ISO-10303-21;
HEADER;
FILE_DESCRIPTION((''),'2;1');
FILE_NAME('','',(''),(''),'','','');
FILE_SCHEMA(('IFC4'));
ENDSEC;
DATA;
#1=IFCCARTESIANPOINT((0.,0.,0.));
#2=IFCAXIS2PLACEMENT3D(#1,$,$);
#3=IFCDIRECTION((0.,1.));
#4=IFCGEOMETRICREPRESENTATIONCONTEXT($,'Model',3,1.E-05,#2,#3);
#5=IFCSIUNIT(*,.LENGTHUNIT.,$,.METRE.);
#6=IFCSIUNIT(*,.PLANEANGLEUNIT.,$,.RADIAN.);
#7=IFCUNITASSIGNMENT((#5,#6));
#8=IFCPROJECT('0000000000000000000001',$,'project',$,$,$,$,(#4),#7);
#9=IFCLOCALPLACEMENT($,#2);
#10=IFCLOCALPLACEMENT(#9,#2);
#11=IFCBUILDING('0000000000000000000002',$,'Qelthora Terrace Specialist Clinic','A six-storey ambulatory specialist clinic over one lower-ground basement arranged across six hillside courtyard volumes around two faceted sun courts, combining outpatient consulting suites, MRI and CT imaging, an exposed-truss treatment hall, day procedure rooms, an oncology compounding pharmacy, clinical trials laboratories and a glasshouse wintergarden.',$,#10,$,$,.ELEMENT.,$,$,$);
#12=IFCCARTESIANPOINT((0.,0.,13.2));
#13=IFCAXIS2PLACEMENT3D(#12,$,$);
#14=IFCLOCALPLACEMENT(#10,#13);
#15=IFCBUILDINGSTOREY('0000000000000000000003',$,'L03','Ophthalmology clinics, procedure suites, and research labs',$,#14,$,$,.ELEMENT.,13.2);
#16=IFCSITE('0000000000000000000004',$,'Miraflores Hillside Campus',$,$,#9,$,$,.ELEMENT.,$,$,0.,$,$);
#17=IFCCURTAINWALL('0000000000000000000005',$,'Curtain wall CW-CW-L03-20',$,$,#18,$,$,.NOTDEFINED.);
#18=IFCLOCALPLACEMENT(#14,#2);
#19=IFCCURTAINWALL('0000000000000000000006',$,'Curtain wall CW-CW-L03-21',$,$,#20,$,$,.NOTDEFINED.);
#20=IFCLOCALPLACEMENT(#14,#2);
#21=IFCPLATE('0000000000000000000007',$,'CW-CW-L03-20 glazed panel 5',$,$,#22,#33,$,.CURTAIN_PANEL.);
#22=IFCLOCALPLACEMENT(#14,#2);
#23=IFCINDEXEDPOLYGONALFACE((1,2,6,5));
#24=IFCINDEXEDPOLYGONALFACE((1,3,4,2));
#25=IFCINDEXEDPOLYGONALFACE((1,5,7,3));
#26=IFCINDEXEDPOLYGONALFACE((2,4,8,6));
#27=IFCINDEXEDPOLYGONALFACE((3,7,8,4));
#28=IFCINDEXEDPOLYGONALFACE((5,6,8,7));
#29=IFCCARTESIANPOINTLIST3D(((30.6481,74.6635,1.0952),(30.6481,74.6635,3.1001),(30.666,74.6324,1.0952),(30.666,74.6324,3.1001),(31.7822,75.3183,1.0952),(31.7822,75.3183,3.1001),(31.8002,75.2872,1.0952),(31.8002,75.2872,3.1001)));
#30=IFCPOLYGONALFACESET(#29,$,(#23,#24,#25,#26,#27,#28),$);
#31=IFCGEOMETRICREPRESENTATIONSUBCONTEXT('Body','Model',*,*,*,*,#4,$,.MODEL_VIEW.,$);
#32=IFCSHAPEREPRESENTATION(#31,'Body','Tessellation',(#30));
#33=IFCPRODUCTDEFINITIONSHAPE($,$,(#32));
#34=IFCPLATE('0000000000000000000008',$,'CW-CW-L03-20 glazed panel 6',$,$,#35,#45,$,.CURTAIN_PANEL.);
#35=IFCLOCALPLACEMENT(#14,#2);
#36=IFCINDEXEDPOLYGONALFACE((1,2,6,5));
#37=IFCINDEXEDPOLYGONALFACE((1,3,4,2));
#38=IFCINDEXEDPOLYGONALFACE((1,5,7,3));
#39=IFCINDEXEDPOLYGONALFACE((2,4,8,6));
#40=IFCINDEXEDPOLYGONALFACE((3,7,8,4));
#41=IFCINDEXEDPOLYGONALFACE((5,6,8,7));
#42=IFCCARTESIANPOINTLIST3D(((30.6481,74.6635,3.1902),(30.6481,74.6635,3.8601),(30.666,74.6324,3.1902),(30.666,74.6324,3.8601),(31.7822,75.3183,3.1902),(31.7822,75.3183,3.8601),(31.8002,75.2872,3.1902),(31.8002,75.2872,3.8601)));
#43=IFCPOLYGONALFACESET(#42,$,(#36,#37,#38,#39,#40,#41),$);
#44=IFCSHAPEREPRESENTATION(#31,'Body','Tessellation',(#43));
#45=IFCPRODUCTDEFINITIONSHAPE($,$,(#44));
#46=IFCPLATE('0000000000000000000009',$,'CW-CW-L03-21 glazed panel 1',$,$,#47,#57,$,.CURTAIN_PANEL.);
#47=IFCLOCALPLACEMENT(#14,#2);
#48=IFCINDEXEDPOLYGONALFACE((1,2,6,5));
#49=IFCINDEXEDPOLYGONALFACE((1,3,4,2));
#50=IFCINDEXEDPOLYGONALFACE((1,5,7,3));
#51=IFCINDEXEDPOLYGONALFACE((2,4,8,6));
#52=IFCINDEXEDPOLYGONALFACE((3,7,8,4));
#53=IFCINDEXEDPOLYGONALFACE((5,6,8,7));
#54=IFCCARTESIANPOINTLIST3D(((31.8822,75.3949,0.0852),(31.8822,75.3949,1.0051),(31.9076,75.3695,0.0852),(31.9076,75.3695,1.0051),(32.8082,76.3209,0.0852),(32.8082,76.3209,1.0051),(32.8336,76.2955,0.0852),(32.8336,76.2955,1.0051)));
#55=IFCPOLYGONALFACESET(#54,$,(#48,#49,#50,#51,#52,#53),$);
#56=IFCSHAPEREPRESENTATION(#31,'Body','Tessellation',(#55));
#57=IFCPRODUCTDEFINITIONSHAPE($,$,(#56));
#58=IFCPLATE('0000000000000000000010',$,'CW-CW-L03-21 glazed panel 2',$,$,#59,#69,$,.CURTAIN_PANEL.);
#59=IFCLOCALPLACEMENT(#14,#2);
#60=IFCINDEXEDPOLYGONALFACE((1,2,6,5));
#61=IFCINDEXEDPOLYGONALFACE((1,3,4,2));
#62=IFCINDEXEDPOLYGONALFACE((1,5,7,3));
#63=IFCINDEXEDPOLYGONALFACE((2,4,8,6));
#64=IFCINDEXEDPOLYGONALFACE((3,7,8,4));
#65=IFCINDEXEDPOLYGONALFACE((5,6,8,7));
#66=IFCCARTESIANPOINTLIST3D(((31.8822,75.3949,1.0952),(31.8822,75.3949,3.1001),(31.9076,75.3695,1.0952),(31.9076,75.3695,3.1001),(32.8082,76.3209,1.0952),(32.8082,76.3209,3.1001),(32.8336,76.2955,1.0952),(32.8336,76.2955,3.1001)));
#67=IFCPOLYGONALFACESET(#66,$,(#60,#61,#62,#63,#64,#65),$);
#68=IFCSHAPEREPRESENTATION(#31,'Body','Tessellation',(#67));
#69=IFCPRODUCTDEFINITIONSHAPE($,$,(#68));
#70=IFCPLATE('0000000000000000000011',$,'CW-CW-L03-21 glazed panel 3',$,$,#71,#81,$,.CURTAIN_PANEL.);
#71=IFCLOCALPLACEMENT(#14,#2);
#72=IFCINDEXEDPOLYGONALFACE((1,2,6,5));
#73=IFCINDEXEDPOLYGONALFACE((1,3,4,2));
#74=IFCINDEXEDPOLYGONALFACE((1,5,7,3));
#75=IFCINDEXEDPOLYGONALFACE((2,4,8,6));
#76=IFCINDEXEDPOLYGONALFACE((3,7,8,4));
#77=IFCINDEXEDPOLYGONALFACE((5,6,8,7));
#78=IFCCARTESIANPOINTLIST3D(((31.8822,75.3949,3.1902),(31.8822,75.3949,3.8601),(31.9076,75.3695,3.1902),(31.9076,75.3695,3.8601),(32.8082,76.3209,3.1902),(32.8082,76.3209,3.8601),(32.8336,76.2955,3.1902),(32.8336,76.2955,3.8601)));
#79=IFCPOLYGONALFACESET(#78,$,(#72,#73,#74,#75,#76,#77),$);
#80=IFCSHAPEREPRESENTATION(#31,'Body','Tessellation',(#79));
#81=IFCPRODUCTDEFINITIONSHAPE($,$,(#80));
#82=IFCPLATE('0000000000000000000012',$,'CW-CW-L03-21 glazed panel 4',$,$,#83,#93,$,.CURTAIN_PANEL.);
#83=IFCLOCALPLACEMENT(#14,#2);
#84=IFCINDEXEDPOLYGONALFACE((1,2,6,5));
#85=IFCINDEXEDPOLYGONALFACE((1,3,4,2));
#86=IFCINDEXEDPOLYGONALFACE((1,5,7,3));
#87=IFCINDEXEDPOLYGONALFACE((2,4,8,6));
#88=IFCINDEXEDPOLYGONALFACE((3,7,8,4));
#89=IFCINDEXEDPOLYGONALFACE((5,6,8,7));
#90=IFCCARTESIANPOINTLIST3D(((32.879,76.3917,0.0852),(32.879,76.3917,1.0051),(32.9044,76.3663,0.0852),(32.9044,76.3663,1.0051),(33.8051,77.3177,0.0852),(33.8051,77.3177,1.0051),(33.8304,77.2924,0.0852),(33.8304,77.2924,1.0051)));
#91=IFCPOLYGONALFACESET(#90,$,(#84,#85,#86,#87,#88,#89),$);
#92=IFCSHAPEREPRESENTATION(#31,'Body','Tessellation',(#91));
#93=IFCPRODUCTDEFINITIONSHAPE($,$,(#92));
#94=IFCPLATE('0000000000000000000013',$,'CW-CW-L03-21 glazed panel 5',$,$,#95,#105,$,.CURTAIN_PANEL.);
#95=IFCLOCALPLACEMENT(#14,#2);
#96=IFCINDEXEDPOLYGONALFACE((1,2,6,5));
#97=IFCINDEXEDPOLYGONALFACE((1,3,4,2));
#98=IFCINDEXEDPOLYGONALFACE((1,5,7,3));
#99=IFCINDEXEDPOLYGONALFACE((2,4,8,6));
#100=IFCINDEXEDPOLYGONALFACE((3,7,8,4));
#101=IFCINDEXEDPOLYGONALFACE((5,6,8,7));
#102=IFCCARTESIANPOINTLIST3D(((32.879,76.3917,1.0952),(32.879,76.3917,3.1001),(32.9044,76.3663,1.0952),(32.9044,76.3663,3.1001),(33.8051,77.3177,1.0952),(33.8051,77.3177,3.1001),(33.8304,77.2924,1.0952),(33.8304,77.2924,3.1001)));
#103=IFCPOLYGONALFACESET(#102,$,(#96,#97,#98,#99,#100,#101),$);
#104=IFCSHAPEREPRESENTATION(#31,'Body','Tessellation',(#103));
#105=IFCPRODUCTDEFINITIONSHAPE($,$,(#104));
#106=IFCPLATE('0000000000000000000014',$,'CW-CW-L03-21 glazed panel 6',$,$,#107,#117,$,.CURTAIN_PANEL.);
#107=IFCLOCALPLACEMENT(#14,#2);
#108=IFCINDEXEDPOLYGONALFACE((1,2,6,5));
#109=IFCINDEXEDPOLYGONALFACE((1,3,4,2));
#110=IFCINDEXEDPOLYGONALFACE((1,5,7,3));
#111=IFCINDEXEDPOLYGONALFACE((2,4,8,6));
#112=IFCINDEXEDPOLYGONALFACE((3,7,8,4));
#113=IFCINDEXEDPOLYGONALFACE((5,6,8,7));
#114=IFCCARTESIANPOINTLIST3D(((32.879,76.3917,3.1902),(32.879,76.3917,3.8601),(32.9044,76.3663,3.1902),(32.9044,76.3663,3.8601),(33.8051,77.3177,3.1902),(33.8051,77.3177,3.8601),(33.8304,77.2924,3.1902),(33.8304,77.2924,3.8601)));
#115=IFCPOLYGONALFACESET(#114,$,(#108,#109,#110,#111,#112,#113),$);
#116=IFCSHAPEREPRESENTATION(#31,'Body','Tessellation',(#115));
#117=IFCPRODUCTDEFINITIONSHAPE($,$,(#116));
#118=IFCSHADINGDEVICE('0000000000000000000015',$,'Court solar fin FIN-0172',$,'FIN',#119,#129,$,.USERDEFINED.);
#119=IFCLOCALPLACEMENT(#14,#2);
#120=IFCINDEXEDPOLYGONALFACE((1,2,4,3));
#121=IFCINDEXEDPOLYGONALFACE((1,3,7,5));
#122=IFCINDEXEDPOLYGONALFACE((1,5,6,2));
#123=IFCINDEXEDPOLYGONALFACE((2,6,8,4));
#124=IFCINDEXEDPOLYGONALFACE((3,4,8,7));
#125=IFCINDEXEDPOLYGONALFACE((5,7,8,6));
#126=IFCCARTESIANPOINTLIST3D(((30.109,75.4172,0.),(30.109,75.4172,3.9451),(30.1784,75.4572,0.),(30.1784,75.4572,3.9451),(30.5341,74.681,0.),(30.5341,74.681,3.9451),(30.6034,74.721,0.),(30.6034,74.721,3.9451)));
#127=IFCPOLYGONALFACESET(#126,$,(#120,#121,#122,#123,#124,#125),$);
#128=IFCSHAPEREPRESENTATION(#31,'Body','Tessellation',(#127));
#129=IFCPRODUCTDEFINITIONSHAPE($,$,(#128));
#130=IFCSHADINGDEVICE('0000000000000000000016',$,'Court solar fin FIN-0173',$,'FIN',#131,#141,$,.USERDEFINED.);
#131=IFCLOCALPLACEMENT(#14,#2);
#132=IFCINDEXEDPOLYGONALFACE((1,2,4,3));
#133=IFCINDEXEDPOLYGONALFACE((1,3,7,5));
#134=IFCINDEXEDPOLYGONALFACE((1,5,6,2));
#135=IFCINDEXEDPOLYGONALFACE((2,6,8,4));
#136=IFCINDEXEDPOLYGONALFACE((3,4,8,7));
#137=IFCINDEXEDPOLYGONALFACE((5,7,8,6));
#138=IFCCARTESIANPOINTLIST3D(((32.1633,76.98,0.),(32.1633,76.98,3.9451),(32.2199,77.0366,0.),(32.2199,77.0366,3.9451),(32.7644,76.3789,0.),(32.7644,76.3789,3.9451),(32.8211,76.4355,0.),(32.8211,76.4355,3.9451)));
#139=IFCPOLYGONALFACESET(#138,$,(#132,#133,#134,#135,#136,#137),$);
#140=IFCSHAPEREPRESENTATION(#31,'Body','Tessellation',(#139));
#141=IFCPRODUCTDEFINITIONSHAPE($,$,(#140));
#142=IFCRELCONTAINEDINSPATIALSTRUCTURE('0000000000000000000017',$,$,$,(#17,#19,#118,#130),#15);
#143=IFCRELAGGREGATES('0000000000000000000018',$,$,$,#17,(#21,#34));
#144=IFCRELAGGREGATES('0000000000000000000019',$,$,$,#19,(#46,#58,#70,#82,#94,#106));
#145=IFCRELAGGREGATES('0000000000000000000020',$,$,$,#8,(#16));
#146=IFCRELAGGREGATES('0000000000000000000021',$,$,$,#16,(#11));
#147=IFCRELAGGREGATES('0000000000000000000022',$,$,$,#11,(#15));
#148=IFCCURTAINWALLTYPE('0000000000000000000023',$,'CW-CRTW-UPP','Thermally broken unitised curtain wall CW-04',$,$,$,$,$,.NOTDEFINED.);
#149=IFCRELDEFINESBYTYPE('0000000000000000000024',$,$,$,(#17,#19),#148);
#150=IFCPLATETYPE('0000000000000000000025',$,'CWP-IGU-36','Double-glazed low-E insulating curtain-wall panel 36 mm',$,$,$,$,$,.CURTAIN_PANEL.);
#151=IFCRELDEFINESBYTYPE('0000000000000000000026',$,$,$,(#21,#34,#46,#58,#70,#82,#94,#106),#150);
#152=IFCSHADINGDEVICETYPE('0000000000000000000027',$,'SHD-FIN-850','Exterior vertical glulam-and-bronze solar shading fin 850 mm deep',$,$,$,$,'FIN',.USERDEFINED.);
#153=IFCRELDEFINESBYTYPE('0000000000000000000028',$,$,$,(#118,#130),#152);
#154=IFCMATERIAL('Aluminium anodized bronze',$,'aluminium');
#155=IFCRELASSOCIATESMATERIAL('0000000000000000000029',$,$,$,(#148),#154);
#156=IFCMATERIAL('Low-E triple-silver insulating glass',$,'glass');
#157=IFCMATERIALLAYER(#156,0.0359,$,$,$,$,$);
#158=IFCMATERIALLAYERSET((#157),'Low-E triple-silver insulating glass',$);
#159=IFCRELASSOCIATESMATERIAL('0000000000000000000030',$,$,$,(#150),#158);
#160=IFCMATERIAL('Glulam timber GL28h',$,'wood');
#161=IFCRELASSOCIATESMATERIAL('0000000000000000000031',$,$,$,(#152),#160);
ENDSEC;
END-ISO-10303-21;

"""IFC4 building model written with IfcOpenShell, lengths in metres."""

from ifc_helpers import new_model, si_unit, direction, frame, origin, origin_2d, place, context, subcontext, project, spatial, rectangle, extrude, material, layer, layer_set, type_object, element, aggregate, save


model = new_model("IFC4")

# Units and contexts
model_context = context("Model", 3, precision=1e-05, world=origin(), true_north=direction((0.0, 1.0)))
body_context = subcontext(model_context, "Body", "Model", "MODEL_VIEW")
ifc_project = project(units=[si_unit("LENGTHUNIT", "METRE"), si_unit("PLANEANGLEUNIT", "RADIAN")], contexts=[model_context])

# Site, building, storey
site_placement = place(None, origin())
site = spatial("IfcSite", under=ifc_project, at=site_placement, Name="Miraflores Hillside Campus", CompositionType="ELEMENT", RefElevation=0.0)
building_placement = place(site_placement, origin())
building = spatial("IfcBuilding", under=site, at=building_placement, Name="Qelthora Terrace Specialist Clinic", Description="A six-storey ambulatory specialist clinic over one lower-ground basement arranged across six hillside courtyard volumes around two faceted sun courts, combining outpatient consulting suites, MRI and CT imaging, an exposed-truss treatment hall, day procedure rooms, an oncology compounding pharmacy, clinical trials laboratories and a glasshouse wintergarden.", CompositionType="ELEMENT")
storey_placement = place(building_placement, frame((0.0, 0.0, 13.2)))
storey = spatial("IfcBuildingStorey", under=building, at=storey_placement, Name="L03", Description="Ophthalmology clinics, procedure suites, and research labs", CompositionType="ELEMENT", Elevation=13.2)

# Curtain walls
ifc_material_1 = material(Name="Aluminium anodized bronze", Category="aluminium")
curtain_wall_type = type_object("IfcCurtainWallType", Name="CW-CRTW-UPP", Description="Thermally broken unitised curtain wall CW-04", PredefinedType="NOTDEFINED", material=ifc_material_1)
curtain_wall_1_placement = place(storey_placement, origin())
curtain_wall_1 = element("IfcCurtainWall", 1, at=curtain_wall_1_placement, inside=storey, type_object=curtain_wall_type, Name="Curtain wall CW-CW-L03-20", PredefinedType="NOTDEFINED")
curtain_wall_2_placement = place(storey_placement, origin())
curtain_wall_2 = element("IfcCurtainWall", 2, at=curtain_wall_2_placement, inside=storey, type_object=curtain_wall_type, Name="Curtain wall CW-CW-L03-21", PredefinedType="NOTDEFINED")

# Plates
ifc_material_2 = material(Name="Low-E triple-silver insulating glass", Category="glass")
ifc_layer = layer(ifc_material_2, 0.0359)
ifc_layer_set = layer_set([ifc_layer], Name="Low-E triple-silver insulating glass")
plate_type = type_object("IfcPlateType", Name="CWP-IGU-36", Description="Double-glazed low-E insulating curtain-wall panel 36 mm", PredefinedType="CURTAIN_PANEL", material=ifc_layer_set)
plate_1_placement = place(storey_placement, frame((31.2241, 74.9753, 1.0952), z_axis=(0.0, 0.0, 1.0), x_axis=(0.866025, 0.5, 0.0)))
plate_1 = element("IfcPlate", 3, at=plate_1_placement, type_object=plate_type, Name="CW-CW-L03-20 glazed panel 5", PredefinedType="CURTAIN_PANEL", context=body_context, shape_type="SweptSolid", body=[
    extrude(rectangle(XDim=1.3096, YDim=0.0359, at=origin_2d()), origin(), (0.0, 0.0, 1.0), 2.0049),
])
plate_2_placement = place(storey_placement, frame((31.2241, 74.9753, 3.1902), z_axis=(0.0, 0.0, 1.0), x_axis=(0.866025, 0.5, 0.0)))
plate_2 = element("IfcPlate", 4, at=plate_2_placement, type_object=plate_type, Name="CW-CW-L03-20 glazed panel 6", PredefinedType="CURTAIN_PANEL", context=body_context, shape_type="SweptSolid", body=[
    extrude(rectangle(XDim=1.3096, YDim=0.0359, at=origin_2d()), origin(), (0.0, 0.0, 1.0), 0.6699),
])
aggregate(curtain_wall_1, [plate_1, plate_2])
plate_3_placement = place(storey_placement, frame((32.3579, 75.8452, 0.0852), z_axis=(0.0, 0.0, 1.0), x_axis=(0.707107, 0.707107, 0.0)))
plate_3 = element("IfcPlate", 5, at=plate_3_placement, type_object=plate_type, Name="CW-CW-L03-21 glazed panel 1", PredefinedType="CURTAIN_PANEL", context=body_context, shape_type="SweptSolid", body=[
    extrude(rectangle(XDim=1.3096, YDim=0.0359, at=origin_2d()), origin(), (0.0, 0.0, 1.0), 0.9199),
])
plate_4_placement = place(storey_placement, frame((32.3579, 75.8452, 1.0952), z_axis=(0.0, 0.0, 1.0), x_axis=(0.707107, 0.707107, 0.0)))
plate_4 = element("IfcPlate", 6, at=plate_4_placement, type_object=plate_type, Name="CW-CW-L03-21 glazed panel 2", PredefinedType="CURTAIN_PANEL", context=body_context, shape_type="SweptSolid", body=[
    extrude(rectangle(XDim=1.3096, YDim=0.0359, at=origin_2d()), origin(), (0.0, 0.0, 1.0), 2.0049),
])
plate_5_placement = place(storey_placement, frame((32.3579, 75.8452, 3.1902), z_axis=(0.0, 0.0, 1.0), x_axis=(0.707107, 0.707107, 0.0)))
plate_5 = element("IfcPlate", 7, at=plate_5_placement, type_object=plate_type, Name="CW-CW-L03-21 glazed panel 3", PredefinedType="CURTAIN_PANEL", context=body_context, shape_type="SweptSolid", body=[
    extrude(rectangle(XDim=1.3096, YDim=0.0359, at=origin_2d()), origin(), (0.0, 0.0, 1.0), 0.6699),
])
plate_6_placement = place(storey_placement, frame((33.3547, 76.842, 0.0852), z_axis=(0.0, 0.0, 1.0), x_axis=(0.707107, 0.707107, 0.0)))
plate_6 = element("IfcPlate", 8, at=plate_6_placement, type_object=plate_type, Name="CW-CW-L03-21 glazed panel 4", PredefinedType="CURTAIN_PANEL", context=body_context, shape_type="SweptSolid", body=[
    extrude(rectangle(XDim=1.3096, YDim=0.0359, at=origin_2d()), origin(), (0.0, 0.0, 1.0), 0.9199),
])
plate_7_placement = place(storey_placement, frame((33.3547, 76.842, 1.0952), z_axis=(0.0, 0.0, 1.0), x_axis=(0.707107, 0.707107, 0.0)))
plate_7 = element("IfcPlate", 9, at=plate_7_placement, type_object=plate_type, Name="CW-CW-L03-21 glazed panel 5", PredefinedType="CURTAIN_PANEL", context=body_context, shape_type="SweptSolid", body=[
    extrude(rectangle(XDim=1.3096, YDim=0.0359, at=origin_2d()), origin(), (0.0, 0.0, 1.0), 2.0049),
])
plate_8_placement = place(storey_placement, frame((33.3547, 76.842, 3.1902), z_axis=(0.0, 0.0, 1.0), x_axis=(0.707107, 0.707107, 0.0)))
plate_8 = element("IfcPlate", 10, at=plate_8_placement, type_object=plate_type, Name="CW-CW-L03-21 glazed panel 6", PredefinedType="CURTAIN_PANEL", context=body_context, shape_type="SweptSolid", body=[
    extrude(rectangle(XDim=1.3096, YDim=0.0359, at=origin_2d()), origin(), (0.0, 0.0, 1.0), 0.6699),
])
aggregate(curtain_wall_2, [plate_3, plate_4, plate_5, plate_6, plate_7, plate_8])

# Shading devices
ifc_material_3 = material(Name="Glulam timber GL28h", Category="wood")
shading_device_type = type_object("IfcShadingDeviceType", Name="SHD-FIN-850", Description="Exterior vertical glulam-and-bronze solar shading fin 850 mm deep", ElementType="FIN", PredefinedType="USERDEFINED", material=ifc_material_3)
for number, where, z_axis, x_axis, name in (
    (11, (30.3562, 75.0691, 0.0), (0.0, 0.0, 1.0), (-0.5, 0.866025, 0.0), "Court solar fin FIN-0172"),
    (12, (32.4922, 76.7078, 0.0), (0.0, 0.0, 1.0), (-0.707107, 0.707107, 0.0), "Court solar fin FIN-0173"),
):
    element("IfcShadingDevice", number, at=place(storey_placement, frame(where, z_axis=z_axis, x_axis=x_axis)), inside=storey, type_object=shading_device_type, Name=name, ObjectType="FIN", PredefinedType="USERDEFINED", context=body_context, shape_type="SweptSolid", body=[
        extrude(rectangle(XDim=0.8501, YDim=0.0801, at=origin_2d()), origin(), (0.0, 0.0, 1.0), 3.9451),
    ])

save(model, "model.ifc")
